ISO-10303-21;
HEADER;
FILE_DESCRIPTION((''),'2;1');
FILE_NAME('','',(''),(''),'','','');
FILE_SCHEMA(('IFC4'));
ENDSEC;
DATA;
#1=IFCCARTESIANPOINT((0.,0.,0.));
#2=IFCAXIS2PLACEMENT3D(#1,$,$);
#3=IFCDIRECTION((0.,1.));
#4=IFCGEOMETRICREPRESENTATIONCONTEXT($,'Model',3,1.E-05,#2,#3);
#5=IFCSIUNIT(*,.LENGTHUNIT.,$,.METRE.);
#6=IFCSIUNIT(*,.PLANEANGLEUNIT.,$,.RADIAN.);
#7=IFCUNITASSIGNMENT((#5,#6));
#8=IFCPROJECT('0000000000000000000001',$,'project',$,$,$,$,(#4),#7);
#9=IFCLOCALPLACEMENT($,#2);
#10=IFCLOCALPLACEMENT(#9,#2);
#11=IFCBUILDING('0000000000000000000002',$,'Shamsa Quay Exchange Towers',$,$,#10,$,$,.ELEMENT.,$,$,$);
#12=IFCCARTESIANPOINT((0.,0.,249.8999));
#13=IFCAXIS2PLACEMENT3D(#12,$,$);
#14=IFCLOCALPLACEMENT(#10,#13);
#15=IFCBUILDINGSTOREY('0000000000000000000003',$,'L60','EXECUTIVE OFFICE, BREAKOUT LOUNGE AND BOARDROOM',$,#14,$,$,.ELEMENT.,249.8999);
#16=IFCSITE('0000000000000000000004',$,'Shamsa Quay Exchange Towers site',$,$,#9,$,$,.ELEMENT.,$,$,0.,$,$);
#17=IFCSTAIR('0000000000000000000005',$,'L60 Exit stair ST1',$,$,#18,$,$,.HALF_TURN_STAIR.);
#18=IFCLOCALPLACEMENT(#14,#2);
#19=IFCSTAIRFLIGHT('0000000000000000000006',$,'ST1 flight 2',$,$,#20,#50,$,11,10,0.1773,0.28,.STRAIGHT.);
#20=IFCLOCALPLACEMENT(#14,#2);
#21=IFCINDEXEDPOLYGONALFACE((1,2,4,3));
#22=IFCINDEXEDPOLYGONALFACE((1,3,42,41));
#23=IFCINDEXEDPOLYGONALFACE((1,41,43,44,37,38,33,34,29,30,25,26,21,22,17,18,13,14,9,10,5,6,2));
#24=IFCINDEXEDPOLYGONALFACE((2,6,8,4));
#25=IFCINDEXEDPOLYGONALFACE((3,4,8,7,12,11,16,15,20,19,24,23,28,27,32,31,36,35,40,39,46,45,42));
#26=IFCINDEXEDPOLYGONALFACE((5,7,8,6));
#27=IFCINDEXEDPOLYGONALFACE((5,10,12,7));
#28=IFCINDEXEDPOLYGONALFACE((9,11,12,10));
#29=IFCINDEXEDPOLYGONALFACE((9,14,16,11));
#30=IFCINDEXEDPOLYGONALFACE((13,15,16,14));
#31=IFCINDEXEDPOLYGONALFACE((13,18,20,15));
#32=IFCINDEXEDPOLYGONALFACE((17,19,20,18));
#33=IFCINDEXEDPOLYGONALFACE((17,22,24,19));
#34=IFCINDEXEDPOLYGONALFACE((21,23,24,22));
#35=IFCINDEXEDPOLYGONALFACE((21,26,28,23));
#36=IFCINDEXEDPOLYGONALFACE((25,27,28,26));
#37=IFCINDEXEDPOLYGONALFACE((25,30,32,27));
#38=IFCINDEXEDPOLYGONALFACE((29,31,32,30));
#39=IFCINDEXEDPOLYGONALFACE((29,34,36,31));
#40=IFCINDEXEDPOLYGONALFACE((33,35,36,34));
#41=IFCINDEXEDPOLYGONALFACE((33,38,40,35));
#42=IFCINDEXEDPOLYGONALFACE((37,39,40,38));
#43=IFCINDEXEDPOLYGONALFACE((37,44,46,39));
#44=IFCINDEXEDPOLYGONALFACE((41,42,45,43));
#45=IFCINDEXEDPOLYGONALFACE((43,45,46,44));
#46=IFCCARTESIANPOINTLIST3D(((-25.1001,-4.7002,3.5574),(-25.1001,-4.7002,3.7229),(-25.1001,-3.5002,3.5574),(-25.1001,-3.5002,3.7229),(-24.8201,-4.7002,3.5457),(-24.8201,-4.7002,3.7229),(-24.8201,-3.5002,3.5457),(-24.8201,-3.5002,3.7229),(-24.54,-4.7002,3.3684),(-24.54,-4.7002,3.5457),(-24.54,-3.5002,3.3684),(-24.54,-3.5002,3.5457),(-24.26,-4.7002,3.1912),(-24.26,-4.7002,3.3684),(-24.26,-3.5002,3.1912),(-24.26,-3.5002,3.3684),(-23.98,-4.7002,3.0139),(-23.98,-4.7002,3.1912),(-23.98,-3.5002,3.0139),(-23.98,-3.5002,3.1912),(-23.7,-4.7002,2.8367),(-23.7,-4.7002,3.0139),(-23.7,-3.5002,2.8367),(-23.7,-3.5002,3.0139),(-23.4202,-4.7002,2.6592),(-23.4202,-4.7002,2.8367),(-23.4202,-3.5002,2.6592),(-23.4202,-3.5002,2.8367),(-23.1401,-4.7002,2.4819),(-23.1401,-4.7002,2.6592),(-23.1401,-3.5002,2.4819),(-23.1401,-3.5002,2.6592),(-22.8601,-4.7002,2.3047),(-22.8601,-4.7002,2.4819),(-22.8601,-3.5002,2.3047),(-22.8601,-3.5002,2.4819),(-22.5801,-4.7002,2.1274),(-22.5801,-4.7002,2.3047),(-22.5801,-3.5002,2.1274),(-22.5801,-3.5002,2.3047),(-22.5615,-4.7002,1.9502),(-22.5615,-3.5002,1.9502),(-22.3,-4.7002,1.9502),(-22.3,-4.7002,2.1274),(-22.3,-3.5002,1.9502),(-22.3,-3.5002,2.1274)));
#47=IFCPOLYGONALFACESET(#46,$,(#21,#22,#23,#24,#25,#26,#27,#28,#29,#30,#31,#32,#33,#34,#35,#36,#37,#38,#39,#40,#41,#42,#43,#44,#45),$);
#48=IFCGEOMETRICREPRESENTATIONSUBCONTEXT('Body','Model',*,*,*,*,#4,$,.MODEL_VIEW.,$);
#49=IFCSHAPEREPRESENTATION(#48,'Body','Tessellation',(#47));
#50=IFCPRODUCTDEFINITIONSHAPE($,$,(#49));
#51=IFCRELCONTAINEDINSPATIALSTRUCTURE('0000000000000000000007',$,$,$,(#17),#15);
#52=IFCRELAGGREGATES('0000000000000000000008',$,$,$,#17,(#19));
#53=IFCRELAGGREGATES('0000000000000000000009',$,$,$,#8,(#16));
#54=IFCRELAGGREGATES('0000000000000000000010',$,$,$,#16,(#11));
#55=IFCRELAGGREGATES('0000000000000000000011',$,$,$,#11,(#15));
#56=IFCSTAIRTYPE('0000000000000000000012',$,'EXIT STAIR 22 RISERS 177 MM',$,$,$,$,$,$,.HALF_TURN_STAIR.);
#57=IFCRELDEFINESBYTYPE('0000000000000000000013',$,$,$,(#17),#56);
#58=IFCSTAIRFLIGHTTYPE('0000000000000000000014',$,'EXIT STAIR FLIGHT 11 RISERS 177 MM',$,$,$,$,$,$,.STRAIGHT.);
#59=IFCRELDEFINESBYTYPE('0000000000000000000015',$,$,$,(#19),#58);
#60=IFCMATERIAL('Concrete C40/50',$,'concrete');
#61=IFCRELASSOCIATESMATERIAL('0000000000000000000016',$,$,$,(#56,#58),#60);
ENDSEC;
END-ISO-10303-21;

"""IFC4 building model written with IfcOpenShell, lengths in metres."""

from ifc_helpers import new_model, si_unit, direction, frame, origin, place, context, subcontext, project, spatial, polyline, outline, extrude, material, type_object, element, aggregate, save


model = new_model("IFC4")

# Units and contexts
model_context = context("Model", 3, precision=1e-05, world=origin(), true_north=direction((0.0, 1.0)))
body_context = subcontext(model_context, "Body", "Model", "MODEL_VIEW")
ifc_project = project(units=[si_unit("LENGTHUNIT", "METRE"), si_unit("PLANEANGLEUNIT", "RADIAN")], contexts=[model_context])

# Site, building, storey
site_placement = place(None, origin())
site = spatial("IfcSite", under=ifc_project, at=site_placement, Name="Shamsa Quay Exchange Towers site", CompositionType="ELEMENT", RefElevation=0.0)
building_placement = place(site_placement, origin())
building = spatial("IfcBuilding", under=site, at=building_placement, Name="Shamsa Quay Exchange Towers", CompositionType="ELEMENT")
storey_placement = place(building_placement, frame((0.0, 0.0, 249.8999)))
storey = spatial("IfcBuildingStorey", under=building, at=storey_placement, Name="L60", Description="EXECUTIVE OFFICE, BREAKOUT LOUNGE AND BOARDROOM", CompositionType="ELEMENT", Elevation=249.8999)

# Stair, stair flight
ifc_material_1 = material(Name="Concrete C40/50", Category="concrete")
stair_type = type_object("IfcStairType", Name="EXIT STAIR 22 RISERS 177 MM", PredefinedType="HALF_TURN_STAIR", material=ifc_material_1)
stair_placement = place(storey_placement, origin())
stair = element("IfcStair", 1, at=stair_placement, inside=storey, type_object=stair_type, Name="L60 Exit stair ST1", PredefinedType="HALF_TURN_STAIR")
stair_flight_type = type_object("IfcStairFlightType", Name="EXIT STAIR FLIGHT 11 RISERS 177 MM", PredefinedType="STRAIGHT", material=ifc_material_1)
stair_flight_1_placement = place(storey_placement, frame((-22.3, -4.1001, 1.9502), z_axis=(0.0, 0.0, 1.0), x_axis=(-1.0, 0.0, 0.0)))
stair_flight_1 = element("IfcStairFlight", 2, at=stair_flight_1_placement, type_object=stair_flight_type, Name="ST1 flight 2", NumberOfRisers=11, NumberOfTreads=10, PredefinedType="STRAIGHT", RiserHeight=0.1773, TreadLength=0.28, context=body_context, shape_type="SweptSolid", body=[
    extrude(outline(polyline([(0.0, 0.0), (0.0, 0.1772), (0.28, 0.1772), (0.28, 0.3545), (0.5601, 0.3545), (0.5601, 0.5317), (0.8401, 0.5317), (0.8401, 0.709), (1.1201, 0.709), (1.1201, 0.8865), (1.3999, 0.8865), (1.3999, 1.0637), (1.6799, 1.0637), (1.6799, 1.241), (1.96, 1.241), (1.96, 1.4182), (2.24, 1.4182), (2.24, 1.5955), (2.52, 1.5955), (2.52, 1.7727), (2.8, 1.7727), (2.8, 1.95), (2.8, 1.6072), (0.2615, 0.0), (0.0, 0.0)])), frame((0.0, 0.6001, 0.0), z_axis=(0.0, -1.0, 0.0), x_axis=(1.0, 0.0, 0.0)), (0.0, 0.0, 1.0), 1.2),
])
aggregate(stair, [stair_flight_1])

save(model, "model.ifc")
